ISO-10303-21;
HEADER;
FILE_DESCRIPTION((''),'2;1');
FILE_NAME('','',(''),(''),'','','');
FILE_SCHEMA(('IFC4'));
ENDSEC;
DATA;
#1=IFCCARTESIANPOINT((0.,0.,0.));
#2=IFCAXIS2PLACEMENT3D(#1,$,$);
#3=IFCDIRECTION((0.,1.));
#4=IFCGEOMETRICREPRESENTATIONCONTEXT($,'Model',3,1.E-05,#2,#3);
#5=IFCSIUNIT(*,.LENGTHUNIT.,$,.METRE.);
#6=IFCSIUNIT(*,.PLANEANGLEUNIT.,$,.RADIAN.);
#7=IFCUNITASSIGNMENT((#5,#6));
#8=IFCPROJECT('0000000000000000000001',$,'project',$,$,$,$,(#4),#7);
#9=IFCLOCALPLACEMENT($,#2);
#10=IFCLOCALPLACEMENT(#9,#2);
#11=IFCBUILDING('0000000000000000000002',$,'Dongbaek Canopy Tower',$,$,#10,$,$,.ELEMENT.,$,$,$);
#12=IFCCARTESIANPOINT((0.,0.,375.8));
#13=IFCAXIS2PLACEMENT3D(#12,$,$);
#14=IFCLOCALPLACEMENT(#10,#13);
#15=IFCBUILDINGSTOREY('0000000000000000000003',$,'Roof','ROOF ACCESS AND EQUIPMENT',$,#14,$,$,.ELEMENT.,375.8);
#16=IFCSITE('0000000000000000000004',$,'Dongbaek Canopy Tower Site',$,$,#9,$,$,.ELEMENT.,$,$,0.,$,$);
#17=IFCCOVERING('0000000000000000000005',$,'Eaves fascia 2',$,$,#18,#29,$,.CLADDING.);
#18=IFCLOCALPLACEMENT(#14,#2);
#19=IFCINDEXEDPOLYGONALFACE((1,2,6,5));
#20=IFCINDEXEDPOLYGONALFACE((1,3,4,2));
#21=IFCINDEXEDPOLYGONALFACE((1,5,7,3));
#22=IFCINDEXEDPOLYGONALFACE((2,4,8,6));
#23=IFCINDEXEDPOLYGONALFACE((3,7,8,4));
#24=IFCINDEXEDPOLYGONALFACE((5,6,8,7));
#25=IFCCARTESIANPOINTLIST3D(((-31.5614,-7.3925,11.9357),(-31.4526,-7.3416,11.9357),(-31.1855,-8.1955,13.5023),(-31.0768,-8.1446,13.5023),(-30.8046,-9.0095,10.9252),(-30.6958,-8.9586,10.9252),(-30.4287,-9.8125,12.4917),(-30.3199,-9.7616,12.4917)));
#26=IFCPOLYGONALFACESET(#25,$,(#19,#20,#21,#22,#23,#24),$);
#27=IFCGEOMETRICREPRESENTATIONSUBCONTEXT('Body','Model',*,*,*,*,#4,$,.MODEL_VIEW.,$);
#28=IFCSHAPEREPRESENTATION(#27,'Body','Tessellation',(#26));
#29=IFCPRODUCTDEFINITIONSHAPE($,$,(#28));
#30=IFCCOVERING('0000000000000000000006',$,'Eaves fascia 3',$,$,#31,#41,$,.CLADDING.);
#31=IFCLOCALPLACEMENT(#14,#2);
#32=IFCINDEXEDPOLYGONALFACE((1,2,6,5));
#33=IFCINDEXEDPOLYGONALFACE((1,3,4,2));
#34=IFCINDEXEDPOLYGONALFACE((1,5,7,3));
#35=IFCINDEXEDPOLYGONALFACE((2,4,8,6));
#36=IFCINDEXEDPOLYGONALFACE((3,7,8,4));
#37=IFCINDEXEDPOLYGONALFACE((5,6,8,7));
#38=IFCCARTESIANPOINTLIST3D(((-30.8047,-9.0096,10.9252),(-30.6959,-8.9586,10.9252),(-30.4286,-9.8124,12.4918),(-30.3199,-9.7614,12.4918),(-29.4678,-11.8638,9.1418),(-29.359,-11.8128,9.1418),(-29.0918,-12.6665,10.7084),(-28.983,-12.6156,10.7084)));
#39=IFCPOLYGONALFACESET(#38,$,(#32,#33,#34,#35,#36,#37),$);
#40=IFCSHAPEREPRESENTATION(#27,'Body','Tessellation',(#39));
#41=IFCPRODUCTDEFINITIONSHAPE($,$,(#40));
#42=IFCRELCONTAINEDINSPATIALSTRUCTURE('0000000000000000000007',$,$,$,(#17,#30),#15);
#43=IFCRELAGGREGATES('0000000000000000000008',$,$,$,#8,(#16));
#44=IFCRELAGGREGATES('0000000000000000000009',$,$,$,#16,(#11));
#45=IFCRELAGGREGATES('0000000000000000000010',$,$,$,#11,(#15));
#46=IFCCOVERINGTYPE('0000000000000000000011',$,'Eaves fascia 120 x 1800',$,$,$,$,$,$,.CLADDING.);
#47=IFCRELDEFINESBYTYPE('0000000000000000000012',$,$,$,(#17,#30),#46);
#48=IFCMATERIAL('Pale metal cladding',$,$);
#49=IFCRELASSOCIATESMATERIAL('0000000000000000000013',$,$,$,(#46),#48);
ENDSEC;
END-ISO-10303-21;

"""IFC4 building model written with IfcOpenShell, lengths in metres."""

from ifc_helpers import new_model, si_unit, direction, frame, origin, origin_2d, place, context, subcontext, project, spatial, rectangle, extrude, material, material_profile, profile_set, type_object, element, save


model = new_model("IFC4")

# Units and contexts
model_context = context("Model", 3, precision=1e-05, world=origin(), true_north=direction((0.0, 1.0)))
body_context = subcontext(model_context, "Body", "Model", "MODEL_VIEW")
ifc_project = project(units=[si_unit("LENGTHUNIT", "METRE"), si_unit("PLANEANGLEUNIT", "RADIAN")], contexts=[model_context])

# Site, building, storey
site_placement = place(None, origin())
site = spatial("IfcSite", under=ifc_project, at=site_placement, Name="Dongbaek Canopy Tower Site", CompositionType="ELEMENT", RefElevation=0.0)
building_placement = place(site_placement, origin())
building = spatial("IfcBuilding", under=site, at=building_placement, Name="Dongbaek Canopy Tower", CompositionType="ELEMENT")
storey_placement = place(building_placement, frame((0.0, 0.0, 375.8)))
storey = spatial("IfcBuildingStorey", under=building, at=storey_placement, Name="Roof", Description="ROOF ACCESS AND EQUIPMENT", CompositionType="ELEMENT", Elevation=375.8)

# Coverings
ifc_material_1 = material(Name="Pale metal cladding")
ifc_material_profile_1 = material_profile(ifc_material_1, rectangle(XDim=0.1201, YDim=1.8, at=origin_2d()), Name="Eaves fascia 120 x 1800")
ifc_profile_set_1 = profile_set([ifc_material_profile_1], Name="Pale metal cladding")
covering_type = type_object("IfcCoveringType", Name="Eaves fascia 120 x 1800", PredefinedType="CLADDING", material=ifc_profile_set_1)
covering_1_placement = place(storey_placement, frame((-31.3191, -7.7686, 12.719), z_axis=(0.368929, -0.788199, -0.492579), x_axis=(0.905697, 0.423926, 0.0)))
element("IfcCovering", 1, at=covering_1_placement, inside=storey, type_object=covering_type, Name="Eaves fascia 2", PredefinedType="CLADDING", context=body_context, shape_type="SweptSolid", body=[
    extrude(rectangle(XDim=0.1201, YDim=1.8, at=origin_2d()), origin(), (0.0, 0.0, 1.0), 2.0515),
])
covering_2_placement = place(storey_placement, frame((-30.5623, -9.3855, 11.7085), z_axis=(0.369167, -0.788155, -0.49247), x_axis=(0.905583, 0.42417, 0.0)))
element("IfcCovering", 2, at=covering_2_placement, inside=storey, type_object=covering_type, Name="Eaves fascia 3", PredefinedType="CLADDING", context=body_context, shape_type="SweptSolid", body=[
    extrude(rectangle(XDim=0.1201, YDim=1.8, at=origin_2d()), origin(), (0.0, 0.0, 1.0), 3.6213),
])

save(model, "model.ifc")
